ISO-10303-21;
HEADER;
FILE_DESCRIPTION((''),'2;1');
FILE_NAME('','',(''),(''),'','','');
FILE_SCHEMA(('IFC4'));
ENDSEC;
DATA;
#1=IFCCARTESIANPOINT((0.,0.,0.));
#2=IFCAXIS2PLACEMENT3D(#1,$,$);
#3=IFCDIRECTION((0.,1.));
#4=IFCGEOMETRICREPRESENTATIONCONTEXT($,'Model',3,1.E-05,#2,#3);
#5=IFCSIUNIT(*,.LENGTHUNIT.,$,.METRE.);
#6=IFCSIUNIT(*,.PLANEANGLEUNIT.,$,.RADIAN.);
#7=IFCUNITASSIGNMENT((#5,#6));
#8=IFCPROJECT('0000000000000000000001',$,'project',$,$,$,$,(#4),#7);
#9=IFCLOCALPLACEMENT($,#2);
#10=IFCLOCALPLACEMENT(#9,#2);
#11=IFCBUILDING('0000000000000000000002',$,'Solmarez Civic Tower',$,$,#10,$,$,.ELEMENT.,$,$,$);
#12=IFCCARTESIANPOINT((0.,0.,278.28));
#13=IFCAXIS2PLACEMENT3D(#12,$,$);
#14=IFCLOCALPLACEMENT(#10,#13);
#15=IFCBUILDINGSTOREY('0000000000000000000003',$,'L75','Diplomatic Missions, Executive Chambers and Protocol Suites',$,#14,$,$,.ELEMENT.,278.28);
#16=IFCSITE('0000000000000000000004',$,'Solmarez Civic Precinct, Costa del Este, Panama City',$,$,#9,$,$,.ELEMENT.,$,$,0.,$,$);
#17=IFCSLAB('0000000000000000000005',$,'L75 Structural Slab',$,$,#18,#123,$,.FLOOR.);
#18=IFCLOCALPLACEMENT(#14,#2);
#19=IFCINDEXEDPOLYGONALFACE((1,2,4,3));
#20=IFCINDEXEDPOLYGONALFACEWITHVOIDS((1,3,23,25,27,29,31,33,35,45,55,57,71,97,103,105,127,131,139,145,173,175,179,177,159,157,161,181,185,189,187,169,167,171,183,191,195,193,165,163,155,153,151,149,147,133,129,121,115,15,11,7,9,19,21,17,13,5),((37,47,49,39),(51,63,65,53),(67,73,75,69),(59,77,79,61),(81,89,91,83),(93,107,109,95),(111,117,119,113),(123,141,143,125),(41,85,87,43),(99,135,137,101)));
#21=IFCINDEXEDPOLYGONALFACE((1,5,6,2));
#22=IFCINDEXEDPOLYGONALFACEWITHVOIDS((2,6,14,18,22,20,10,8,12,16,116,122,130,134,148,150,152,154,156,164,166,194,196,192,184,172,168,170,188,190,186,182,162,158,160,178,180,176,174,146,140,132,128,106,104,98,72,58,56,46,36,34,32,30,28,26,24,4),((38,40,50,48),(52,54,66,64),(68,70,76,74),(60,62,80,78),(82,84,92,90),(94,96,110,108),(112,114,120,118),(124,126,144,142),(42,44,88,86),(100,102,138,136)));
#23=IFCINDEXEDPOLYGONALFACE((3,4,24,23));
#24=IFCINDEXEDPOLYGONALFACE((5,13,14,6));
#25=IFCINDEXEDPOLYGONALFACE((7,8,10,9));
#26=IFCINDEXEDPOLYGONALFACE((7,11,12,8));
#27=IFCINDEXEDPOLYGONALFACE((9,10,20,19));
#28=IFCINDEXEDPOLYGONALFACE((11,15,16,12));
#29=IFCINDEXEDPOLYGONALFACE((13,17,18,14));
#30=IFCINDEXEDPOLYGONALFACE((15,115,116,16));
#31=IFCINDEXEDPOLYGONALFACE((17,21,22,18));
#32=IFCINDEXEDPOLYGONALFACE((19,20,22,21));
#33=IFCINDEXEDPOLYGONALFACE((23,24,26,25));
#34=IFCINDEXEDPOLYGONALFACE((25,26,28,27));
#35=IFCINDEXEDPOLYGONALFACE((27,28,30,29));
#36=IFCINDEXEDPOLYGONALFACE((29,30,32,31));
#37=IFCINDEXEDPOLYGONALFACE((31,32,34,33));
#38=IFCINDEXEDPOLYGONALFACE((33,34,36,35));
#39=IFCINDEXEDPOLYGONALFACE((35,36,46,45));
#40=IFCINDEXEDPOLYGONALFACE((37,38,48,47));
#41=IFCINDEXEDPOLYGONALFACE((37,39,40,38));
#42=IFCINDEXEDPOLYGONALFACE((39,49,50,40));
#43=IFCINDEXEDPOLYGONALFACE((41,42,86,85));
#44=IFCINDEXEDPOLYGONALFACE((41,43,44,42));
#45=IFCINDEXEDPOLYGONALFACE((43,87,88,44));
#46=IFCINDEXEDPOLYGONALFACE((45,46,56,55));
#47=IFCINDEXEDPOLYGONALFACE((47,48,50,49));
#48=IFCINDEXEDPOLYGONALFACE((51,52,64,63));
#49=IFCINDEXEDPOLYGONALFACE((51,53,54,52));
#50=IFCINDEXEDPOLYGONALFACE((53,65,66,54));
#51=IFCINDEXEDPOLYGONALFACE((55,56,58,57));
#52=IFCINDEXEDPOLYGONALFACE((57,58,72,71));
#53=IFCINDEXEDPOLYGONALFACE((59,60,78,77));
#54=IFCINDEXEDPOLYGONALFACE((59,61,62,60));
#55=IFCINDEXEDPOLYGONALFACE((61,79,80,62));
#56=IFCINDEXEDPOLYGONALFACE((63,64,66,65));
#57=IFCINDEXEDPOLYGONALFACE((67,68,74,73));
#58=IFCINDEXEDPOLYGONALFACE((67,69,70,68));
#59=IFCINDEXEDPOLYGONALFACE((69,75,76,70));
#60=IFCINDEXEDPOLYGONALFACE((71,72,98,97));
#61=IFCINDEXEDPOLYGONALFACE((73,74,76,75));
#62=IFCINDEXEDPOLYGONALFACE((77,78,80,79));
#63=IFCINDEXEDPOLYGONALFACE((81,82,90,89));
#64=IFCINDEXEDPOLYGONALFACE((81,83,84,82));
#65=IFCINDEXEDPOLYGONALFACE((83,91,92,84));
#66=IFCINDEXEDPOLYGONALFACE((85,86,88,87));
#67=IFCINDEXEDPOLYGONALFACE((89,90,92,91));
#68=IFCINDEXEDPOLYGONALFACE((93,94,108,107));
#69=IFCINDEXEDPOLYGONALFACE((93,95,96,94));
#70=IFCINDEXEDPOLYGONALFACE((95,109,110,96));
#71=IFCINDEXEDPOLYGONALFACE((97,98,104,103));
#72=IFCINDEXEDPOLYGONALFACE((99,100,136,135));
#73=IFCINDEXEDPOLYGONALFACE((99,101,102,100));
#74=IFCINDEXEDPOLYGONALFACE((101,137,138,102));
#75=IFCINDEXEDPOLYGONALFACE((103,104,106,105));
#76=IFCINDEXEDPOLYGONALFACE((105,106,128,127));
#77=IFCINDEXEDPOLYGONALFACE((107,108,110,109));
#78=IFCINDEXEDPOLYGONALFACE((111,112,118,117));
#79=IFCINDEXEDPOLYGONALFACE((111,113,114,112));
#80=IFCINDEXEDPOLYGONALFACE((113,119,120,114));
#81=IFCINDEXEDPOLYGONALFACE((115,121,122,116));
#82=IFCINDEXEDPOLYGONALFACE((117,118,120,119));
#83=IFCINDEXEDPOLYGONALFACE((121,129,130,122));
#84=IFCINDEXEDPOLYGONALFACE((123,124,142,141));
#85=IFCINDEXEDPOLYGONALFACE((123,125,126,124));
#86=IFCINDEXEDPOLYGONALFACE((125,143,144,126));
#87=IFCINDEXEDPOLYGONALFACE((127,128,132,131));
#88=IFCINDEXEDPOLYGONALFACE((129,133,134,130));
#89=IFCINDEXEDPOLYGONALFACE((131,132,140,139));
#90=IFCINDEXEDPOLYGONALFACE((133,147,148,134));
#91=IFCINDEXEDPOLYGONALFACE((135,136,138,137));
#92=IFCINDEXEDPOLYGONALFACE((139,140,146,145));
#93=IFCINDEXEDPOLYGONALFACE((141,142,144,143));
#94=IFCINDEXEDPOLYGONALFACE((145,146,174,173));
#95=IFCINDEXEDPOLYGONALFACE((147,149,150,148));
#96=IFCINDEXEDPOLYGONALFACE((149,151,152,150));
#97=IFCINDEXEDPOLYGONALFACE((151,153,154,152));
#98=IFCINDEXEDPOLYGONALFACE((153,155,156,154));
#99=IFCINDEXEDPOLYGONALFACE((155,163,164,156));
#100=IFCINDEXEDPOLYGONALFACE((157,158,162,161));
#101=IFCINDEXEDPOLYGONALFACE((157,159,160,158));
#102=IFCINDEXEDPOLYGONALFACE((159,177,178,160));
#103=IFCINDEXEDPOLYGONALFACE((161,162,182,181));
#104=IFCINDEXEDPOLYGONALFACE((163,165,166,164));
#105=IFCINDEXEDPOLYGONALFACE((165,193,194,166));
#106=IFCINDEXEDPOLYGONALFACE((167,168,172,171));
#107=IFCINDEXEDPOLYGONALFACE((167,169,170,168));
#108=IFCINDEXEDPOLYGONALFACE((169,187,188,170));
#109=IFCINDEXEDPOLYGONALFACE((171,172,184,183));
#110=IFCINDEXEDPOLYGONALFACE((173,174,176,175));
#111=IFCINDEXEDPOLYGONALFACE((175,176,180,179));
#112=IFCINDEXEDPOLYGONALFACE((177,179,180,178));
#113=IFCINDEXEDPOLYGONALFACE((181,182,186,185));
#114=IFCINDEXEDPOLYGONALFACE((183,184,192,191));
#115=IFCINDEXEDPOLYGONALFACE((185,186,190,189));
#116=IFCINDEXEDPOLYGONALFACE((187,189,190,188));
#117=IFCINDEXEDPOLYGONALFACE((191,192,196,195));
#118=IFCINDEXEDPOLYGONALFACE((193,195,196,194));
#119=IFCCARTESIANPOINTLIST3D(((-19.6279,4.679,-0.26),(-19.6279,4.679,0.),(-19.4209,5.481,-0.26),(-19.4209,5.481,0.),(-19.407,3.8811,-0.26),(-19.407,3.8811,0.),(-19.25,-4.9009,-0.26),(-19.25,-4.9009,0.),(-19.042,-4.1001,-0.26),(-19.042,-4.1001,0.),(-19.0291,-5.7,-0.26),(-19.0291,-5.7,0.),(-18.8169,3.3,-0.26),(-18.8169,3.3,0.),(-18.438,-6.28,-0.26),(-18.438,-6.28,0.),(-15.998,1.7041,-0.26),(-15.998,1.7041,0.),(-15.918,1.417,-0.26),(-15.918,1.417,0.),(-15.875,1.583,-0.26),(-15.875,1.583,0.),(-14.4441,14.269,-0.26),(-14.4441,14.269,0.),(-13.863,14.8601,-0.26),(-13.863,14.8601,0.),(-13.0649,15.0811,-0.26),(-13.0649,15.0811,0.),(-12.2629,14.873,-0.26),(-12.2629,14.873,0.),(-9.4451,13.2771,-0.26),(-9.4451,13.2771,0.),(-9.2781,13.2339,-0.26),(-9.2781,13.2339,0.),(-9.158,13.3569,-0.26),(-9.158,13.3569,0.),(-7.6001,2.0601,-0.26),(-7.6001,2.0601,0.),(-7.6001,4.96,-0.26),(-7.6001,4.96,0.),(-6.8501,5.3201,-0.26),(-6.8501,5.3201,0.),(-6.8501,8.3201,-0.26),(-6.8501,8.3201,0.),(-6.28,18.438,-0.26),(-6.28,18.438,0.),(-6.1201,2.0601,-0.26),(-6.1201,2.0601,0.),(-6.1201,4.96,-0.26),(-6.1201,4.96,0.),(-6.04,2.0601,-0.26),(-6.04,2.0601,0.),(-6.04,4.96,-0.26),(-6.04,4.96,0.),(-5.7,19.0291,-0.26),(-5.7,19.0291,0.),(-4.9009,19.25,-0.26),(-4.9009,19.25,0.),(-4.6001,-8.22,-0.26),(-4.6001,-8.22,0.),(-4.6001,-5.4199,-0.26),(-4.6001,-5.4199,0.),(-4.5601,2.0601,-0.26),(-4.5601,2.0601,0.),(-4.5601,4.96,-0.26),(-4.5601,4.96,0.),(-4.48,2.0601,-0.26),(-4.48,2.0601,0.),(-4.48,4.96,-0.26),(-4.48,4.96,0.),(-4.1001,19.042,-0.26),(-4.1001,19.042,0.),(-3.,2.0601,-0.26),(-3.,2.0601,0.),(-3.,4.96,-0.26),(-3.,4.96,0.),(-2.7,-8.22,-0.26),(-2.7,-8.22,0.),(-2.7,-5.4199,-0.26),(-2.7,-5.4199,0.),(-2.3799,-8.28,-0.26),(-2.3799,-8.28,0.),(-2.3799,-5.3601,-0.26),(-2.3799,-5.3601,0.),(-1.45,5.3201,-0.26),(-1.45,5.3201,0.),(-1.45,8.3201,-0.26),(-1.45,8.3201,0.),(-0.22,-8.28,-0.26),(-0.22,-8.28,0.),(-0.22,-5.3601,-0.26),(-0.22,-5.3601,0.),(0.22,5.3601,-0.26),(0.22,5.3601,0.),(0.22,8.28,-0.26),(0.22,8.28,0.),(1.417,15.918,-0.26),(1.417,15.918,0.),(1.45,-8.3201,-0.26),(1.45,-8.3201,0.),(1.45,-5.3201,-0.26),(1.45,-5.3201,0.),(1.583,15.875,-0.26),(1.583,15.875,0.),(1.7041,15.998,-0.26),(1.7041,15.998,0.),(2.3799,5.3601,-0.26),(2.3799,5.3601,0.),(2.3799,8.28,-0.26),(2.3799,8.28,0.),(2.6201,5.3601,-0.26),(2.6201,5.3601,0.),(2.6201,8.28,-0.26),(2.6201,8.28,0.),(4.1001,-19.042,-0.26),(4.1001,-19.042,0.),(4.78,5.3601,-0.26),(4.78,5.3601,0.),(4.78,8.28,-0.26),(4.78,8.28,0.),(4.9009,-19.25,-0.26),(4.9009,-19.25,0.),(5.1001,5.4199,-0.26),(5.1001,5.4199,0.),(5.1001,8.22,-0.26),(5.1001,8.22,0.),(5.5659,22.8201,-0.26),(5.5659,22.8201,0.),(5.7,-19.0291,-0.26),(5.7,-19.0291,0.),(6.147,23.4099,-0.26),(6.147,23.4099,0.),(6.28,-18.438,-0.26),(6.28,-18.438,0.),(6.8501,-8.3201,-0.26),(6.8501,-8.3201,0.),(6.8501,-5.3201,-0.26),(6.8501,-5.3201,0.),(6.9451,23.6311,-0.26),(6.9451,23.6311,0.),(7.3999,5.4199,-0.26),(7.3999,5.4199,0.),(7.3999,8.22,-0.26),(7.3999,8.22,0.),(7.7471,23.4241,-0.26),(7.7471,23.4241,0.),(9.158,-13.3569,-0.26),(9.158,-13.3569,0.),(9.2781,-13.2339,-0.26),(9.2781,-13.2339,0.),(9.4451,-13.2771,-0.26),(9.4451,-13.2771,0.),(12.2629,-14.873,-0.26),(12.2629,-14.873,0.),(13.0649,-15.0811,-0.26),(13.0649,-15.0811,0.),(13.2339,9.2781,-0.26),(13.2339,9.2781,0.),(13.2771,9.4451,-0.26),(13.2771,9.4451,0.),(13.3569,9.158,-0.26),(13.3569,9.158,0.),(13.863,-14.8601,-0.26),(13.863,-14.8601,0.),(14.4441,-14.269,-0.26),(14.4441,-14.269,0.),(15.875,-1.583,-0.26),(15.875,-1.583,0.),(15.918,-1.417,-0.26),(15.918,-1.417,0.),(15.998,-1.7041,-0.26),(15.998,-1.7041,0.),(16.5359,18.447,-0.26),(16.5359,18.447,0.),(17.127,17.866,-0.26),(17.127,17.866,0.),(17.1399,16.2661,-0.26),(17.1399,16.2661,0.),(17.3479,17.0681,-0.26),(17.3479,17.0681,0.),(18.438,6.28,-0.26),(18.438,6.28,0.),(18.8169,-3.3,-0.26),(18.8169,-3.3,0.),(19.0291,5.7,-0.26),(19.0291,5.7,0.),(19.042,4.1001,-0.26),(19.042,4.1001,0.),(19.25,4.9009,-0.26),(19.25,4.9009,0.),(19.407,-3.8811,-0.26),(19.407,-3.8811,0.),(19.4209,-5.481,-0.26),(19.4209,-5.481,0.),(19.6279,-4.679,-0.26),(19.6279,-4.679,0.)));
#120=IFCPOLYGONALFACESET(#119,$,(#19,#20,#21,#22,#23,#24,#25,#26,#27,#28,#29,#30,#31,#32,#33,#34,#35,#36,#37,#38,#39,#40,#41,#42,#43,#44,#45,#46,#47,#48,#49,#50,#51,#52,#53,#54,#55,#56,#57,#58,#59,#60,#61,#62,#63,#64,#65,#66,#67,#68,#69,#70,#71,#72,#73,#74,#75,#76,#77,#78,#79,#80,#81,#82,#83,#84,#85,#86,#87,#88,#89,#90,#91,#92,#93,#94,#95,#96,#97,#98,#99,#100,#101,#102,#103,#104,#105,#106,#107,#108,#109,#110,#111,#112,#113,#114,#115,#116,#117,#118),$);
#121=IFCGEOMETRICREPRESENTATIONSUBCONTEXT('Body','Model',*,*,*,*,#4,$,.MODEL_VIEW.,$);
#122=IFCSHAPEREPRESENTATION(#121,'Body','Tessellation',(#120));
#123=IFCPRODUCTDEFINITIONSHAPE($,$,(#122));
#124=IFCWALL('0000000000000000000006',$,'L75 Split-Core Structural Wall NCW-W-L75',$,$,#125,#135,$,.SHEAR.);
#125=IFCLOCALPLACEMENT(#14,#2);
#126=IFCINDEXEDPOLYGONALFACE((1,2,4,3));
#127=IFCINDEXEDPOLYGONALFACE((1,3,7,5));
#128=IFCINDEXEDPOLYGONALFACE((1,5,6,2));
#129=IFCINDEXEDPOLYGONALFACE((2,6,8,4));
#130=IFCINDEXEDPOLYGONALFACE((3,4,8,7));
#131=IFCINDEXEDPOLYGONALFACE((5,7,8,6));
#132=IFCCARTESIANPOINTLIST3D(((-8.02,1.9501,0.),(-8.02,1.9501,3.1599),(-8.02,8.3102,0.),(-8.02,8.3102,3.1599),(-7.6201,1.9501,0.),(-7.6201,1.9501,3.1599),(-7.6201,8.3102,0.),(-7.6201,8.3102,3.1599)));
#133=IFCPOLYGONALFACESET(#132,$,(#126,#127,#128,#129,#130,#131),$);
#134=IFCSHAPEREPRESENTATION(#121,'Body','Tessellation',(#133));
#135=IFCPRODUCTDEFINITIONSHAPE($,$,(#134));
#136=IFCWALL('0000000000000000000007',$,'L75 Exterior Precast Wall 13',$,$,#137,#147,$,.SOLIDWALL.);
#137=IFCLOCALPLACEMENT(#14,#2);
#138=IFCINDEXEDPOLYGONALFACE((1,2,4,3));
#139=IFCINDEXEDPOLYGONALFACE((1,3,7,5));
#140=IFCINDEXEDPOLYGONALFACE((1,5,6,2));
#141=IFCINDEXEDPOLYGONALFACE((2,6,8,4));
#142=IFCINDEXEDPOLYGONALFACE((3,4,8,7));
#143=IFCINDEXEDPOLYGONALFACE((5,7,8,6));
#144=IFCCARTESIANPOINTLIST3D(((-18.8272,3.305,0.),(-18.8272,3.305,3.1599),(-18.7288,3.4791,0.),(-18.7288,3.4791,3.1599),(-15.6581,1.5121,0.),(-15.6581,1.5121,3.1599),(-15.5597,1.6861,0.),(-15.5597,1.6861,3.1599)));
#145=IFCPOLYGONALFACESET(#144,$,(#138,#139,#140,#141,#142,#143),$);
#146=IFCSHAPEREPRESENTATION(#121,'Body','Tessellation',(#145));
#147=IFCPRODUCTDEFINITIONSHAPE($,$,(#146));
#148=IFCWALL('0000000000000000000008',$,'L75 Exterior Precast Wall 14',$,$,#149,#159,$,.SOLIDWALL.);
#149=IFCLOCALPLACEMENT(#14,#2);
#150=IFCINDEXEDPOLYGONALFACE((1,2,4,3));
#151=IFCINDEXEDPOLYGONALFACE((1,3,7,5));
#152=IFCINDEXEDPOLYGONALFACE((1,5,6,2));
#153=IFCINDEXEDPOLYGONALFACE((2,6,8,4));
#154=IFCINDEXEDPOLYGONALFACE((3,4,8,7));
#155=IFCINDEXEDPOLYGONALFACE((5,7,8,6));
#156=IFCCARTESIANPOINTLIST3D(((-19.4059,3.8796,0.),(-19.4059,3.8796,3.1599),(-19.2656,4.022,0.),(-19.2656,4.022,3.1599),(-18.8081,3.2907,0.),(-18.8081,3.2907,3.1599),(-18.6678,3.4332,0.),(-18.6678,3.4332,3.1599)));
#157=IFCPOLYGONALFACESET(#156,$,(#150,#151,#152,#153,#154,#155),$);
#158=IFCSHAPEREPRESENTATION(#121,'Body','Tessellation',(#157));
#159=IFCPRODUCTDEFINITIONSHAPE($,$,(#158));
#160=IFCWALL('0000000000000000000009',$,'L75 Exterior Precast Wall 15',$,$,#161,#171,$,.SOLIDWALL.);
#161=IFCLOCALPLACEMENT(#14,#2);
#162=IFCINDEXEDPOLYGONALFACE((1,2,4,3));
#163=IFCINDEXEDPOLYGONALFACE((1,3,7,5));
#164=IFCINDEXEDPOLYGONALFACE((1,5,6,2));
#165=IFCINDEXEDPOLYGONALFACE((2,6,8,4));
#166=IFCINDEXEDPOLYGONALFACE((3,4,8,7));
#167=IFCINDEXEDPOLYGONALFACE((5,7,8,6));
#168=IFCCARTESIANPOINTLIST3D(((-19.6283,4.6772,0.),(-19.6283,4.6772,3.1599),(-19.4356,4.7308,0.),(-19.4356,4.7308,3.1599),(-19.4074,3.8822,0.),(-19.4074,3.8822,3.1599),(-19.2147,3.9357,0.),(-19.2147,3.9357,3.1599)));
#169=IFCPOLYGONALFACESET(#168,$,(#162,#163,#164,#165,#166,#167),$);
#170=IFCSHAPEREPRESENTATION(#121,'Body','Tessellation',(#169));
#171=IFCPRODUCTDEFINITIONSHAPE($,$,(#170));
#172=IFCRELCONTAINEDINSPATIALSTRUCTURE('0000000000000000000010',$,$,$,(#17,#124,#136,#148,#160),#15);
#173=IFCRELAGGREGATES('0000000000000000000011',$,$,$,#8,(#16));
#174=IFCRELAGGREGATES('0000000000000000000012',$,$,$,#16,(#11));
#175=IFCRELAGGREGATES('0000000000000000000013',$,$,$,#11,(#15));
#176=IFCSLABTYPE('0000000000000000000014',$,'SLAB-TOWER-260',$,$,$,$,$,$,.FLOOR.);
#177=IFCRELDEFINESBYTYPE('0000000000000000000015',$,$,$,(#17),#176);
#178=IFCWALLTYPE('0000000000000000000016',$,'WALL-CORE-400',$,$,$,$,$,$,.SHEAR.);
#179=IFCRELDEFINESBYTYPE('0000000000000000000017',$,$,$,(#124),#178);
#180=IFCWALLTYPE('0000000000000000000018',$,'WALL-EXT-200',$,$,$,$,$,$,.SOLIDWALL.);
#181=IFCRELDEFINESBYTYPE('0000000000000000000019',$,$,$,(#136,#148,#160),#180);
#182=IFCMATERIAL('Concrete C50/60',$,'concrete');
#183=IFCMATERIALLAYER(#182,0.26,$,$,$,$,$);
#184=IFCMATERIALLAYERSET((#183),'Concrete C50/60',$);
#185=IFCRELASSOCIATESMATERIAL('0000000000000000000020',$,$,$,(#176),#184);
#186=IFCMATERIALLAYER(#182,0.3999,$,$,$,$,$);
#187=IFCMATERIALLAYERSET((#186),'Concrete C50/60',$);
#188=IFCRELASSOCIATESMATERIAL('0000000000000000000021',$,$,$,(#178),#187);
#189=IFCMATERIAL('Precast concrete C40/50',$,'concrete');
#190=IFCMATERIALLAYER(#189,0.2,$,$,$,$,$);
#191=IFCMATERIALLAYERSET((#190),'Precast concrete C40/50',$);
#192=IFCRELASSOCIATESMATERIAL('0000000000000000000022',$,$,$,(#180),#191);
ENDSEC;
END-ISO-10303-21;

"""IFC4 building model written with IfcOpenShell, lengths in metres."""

from ifc_helpers import new_model, si_unit, direction, frame, frame_2d, origin, place, context, subcontext, project, spatial, polyline, rectangle, outline, extrude, material, layer, layer_set, type_object, element, save


model = new_model("IFC4")

# Units and contexts
model_context = context("Model", 3, precision=1e-05, world=origin(), true_north=direction((0.0, 1.0)))
body_context = subcontext(model_context, "Body", "Model", "MODEL_VIEW")
ifc_project = project(units=[si_unit("LENGTHUNIT", "METRE"), si_unit("PLANEANGLEUNIT", "RADIAN")], contexts=[model_context])

# Site, building, storey
site_placement = place(None, origin())
site = spatial("IfcSite", under=ifc_project, at=site_placement, Name="Solmarez Civic Precinct, Costa del Este, Panama City", CompositionType="ELEMENT", RefElevation=0.0)
building_placement = place(site_placement, origin())
building = spatial("IfcBuilding", under=site, at=building_placement, Name="Solmarez Civic Tower", CompositionType="ELEMENT")
storey_placement = place(building_placement, frame((0.0, 0.0, 278.28)))
storey = spatial("IfcBuildingStorey", under=building, at=storey_placement, Name="L75", Description="Diplomatic Missions, Executive Chambers and Protocol Suites", CompositionType="ELEMENT", Elevation=278.28)

# Shared definitions
ifc_material_1 = material(Name="Concrete C50/60", Category="concrete")

# Slab
ifc_layer_1 = layer(ifc_material_1, 0.26)
ifc_layer_set_1 = layer_set([ifc_layer_1], Name="Concrete C50/60")
slab_type_1 = type_object("IfcSlabType", Name="SLAB-TOWER-260", PredefinedType="FLOOR", material=ifc_layer_set_1)
slab_1_placement = place(storey_placement, frame((0.0, 0.0, -0.26)))
element("IfcSlab", 1, at=slab_1_placement, inside=storey, type_object=slab_type_1, Name="L75 Structural Slab", PredefinedType="FLOOR", context=body_context, shape_type="SweptSolid", body=[
    extrude(outline(polyline([(9.4451, -13.2771), (12.2629, -14.873), (13.0649, -15.0811), (13.863, -14.8601), (14.4441, -14.269), (19.4209, -5.481), (19.6279, -4.679), (19.407, -3.8811), (18.8169, -3.3), (15.998, -1.7041), (15.875, -1.583), (15.918, -1.417), (19.042, 4.1001), (19.25, 4.9009), (19.0291, 5.7), (18.438, 6.28), (13.3569, 9.158), (13.2339, 9.2781), (13.2771, 9.4451), (17.1399, 16.2661), (17.3479, 17.0681), (17.127, 17.866), (16.5359, 18.447), (7.7471, 23.4241), (6.9451, 23.6311), (6.147, 23.4099), (5.5659, 22.8201), (1.7041, 15.998), (1.583, 15.875), (1.417, 15.918), (-4.1001, 19.042), (-4.9009, 19.25), (-5.7, 19.0291), (-6.28, 18.438), (-9.158, 13.3569), (-9.2781, 13.2339), (-9.4451, 13.2771), (-12.2629, 14.873), (-13.0649, 15.0811), (-13.863, 14.8601), (-14.4441, 14.269), (-19.4209, 5.481), (-19.6279, 4.679), (-19.407, 3.8811), (-18.8169, 3.3), (-15.998, 1.7041), (-15.875, 1.583), (-15.918, 1.417), (-19.042, -4.1001), (-19.25, -4.9009), (-19.0291, -5.7), (-18.438, -6.28), (4.1001, -19.042), (4.9009, -19.25), (5.7, -19.0291), (6.28, -18.438), (9.158, -13.3569), (9.2781, -13.2339), (9.4451, -13.2771)]), holes=[polyline([(-1.45, 8.3201), (-6.8501, 8.3201), (-6.8501, 5.3201), (-1.45, 5.3201), (-1.45, 8.3201)]), polyline([(1.45, -8.3201), (6.8501, -8.3201), (6.8501, -5.3201), (1.45, -5.3201), (1.45, -8.3201)]), polyline([(0.22, 5.3601), (2.3799, 5.3601), (2.3799, 8.28), (0.22, 8.28), (0.22, 5.3601)]), polyline([(2.6201, 5.3601), (4.78, 5.3601), (4.78, 8.28), (2.6201, 8.28), (2.6201, 5.3601)]), polyline([(-2.3799, -8.28), (-0.22, -8.28), (-0.22, -5.3601), (-2.3799, -5.3601), (-2.3799, -8.28)]), polyline([(-7.6001, 2.0601), (-6.1201, 2.0601), (-6.1201, 4.96), (-7.6001, 4.96), (-7.6001, 2.0601)]), polyline([(-6.04, 2.0601), (-4.5601, 2.0601), (-4.5601, 4.96), (-6.04, 4.96), (-6.04, 2.0601)]), polyline([(-4.48, 2.0601), (-3.0, 2.0601), (-3.0, 4.96), (-4.48, 4.96), (-4.48, 2.0601)]), polyline([(5.1001, 5.4199), (7.3999, 5.4199), (7.3999, 8.22), (5.1001, 8.22), (5.1001, 5.4199)]), polyline([(-4.6001, -8.22), (-2.7, -8.22), (-2.7, -5.4199), (-4.6001, -5.4199), (-4.6001, -8.22)])]), origin(), (0.0, 0.0, 1.0), 0.26),
])

# Walls
ifc_layer_2 = layer(ifc_material_1, 0.3999)
ifc_layer_set_2 = layer_set([ifc_layer_2], Name="Concrete C50/60")
wall_type_1 = type_object("IfcWallType", Name="WALL-CORE-400", PredefinedType="SHEAR", material=ifc_layer_set_2)
wall_1_placement = place(storey_placement, frame((-7.8201, 1.95, 0.0), z_axis=(0.0, 0.0, 1.0), x_axis=(0.0, 1.0, 0.0)))
element("IfcWall", 2, at=wall_1_placement, inside=storey, type_object=wall_type_1, Name="L75 Split-Core Structural Wall NCW-W-L75", PredefinedType="SHEAR", context=body_context, shape_type="SweptSolid", body=[
    extrude(rectangle(XDim=6.3601, YDim=0.3999, at=frame_2d((3.1802, 0.0))), origin(), (0.0, 0.0, 1.0), 3.1599),
])
ifc_material_2 = material(Name="Precast concrete C40/50", Category="concrete")
ifc_layer_3 = layer(ifc_material_2, 0.2)
ifc_layer_set_3 = layer_set([ifc_layer_3], Name="Precast concrete C40/50")
wall_type_2 = type_object("IfcWallType", Name="WALL-EXT-200", PredefinedType="SOLIDWALL", material=ifc_layer_set_3)
wall_2_placement = place(storey_placement, frame((-15.6089, 1.5991, 0.0), z_axis=(0.0, 0.0, 1.0), x_axis=(-0.870364, 0.492409, 0.0)))
element("IfcWall", 3, at=wall_2_placement, inside=storey, type_object=wall_type_2, Name="L75 Exterior Precast Wall 13", PredefinedType="SOLIDWALL", context=body_context, shape_type="SweptSolid", body=[
    extrude(rectangle(XDim=3.6411, YDim=0.2, at=frame_2d((1.8206, 0.0))), origin(), (0.0, 0.0, 1.0), 3.1599),
])
wall_3_placement = place(storey_placement, frame((-18.738, 3.3621, 0.0), z_axis=(0.0, 0.0, 1.0), x_axis=(-0.712468, 0.701704, 0.0)))
element("IfcWall", 4, at=wall_3_placement, inside=storey, type_object=wall_type_2, Name="L75 Exterior Precast Wall 14", PredefinedType="SOLIDWALL", context=body_context, shape_type="SweptSolid", body=[
    extrude(rectangle(XDim=0.8391, YDim=0.2, at=frame_2d((0.4194, 0.0))), origin(), (0.0, 0.0, 1.0), 3.1599),
])
wall_4_placement = place(storey_placement, frame((-19.311, 3.9089, 0.0), z_axis=(0.0, 0.0, 1.0), x_axis=(-0.26772, 0.963497, 0.0)))
element("IfcWall", 5, at=wall_4_placement, inside=storey, type_object=wall_type_2, Name="L75 Exterior Precast Wall 15", PredefinedType="SOLIDWALL", context=body_context, shape_type="SweptSolid", body=[
    extrude(rectangle(XDim=0.8252, YDim=0.2, at=frame_2d((0.4126, 0.0))), origin(), (0.0, 0.0, 1.0), 3.1599),
])

save(model, "model.ifc")
